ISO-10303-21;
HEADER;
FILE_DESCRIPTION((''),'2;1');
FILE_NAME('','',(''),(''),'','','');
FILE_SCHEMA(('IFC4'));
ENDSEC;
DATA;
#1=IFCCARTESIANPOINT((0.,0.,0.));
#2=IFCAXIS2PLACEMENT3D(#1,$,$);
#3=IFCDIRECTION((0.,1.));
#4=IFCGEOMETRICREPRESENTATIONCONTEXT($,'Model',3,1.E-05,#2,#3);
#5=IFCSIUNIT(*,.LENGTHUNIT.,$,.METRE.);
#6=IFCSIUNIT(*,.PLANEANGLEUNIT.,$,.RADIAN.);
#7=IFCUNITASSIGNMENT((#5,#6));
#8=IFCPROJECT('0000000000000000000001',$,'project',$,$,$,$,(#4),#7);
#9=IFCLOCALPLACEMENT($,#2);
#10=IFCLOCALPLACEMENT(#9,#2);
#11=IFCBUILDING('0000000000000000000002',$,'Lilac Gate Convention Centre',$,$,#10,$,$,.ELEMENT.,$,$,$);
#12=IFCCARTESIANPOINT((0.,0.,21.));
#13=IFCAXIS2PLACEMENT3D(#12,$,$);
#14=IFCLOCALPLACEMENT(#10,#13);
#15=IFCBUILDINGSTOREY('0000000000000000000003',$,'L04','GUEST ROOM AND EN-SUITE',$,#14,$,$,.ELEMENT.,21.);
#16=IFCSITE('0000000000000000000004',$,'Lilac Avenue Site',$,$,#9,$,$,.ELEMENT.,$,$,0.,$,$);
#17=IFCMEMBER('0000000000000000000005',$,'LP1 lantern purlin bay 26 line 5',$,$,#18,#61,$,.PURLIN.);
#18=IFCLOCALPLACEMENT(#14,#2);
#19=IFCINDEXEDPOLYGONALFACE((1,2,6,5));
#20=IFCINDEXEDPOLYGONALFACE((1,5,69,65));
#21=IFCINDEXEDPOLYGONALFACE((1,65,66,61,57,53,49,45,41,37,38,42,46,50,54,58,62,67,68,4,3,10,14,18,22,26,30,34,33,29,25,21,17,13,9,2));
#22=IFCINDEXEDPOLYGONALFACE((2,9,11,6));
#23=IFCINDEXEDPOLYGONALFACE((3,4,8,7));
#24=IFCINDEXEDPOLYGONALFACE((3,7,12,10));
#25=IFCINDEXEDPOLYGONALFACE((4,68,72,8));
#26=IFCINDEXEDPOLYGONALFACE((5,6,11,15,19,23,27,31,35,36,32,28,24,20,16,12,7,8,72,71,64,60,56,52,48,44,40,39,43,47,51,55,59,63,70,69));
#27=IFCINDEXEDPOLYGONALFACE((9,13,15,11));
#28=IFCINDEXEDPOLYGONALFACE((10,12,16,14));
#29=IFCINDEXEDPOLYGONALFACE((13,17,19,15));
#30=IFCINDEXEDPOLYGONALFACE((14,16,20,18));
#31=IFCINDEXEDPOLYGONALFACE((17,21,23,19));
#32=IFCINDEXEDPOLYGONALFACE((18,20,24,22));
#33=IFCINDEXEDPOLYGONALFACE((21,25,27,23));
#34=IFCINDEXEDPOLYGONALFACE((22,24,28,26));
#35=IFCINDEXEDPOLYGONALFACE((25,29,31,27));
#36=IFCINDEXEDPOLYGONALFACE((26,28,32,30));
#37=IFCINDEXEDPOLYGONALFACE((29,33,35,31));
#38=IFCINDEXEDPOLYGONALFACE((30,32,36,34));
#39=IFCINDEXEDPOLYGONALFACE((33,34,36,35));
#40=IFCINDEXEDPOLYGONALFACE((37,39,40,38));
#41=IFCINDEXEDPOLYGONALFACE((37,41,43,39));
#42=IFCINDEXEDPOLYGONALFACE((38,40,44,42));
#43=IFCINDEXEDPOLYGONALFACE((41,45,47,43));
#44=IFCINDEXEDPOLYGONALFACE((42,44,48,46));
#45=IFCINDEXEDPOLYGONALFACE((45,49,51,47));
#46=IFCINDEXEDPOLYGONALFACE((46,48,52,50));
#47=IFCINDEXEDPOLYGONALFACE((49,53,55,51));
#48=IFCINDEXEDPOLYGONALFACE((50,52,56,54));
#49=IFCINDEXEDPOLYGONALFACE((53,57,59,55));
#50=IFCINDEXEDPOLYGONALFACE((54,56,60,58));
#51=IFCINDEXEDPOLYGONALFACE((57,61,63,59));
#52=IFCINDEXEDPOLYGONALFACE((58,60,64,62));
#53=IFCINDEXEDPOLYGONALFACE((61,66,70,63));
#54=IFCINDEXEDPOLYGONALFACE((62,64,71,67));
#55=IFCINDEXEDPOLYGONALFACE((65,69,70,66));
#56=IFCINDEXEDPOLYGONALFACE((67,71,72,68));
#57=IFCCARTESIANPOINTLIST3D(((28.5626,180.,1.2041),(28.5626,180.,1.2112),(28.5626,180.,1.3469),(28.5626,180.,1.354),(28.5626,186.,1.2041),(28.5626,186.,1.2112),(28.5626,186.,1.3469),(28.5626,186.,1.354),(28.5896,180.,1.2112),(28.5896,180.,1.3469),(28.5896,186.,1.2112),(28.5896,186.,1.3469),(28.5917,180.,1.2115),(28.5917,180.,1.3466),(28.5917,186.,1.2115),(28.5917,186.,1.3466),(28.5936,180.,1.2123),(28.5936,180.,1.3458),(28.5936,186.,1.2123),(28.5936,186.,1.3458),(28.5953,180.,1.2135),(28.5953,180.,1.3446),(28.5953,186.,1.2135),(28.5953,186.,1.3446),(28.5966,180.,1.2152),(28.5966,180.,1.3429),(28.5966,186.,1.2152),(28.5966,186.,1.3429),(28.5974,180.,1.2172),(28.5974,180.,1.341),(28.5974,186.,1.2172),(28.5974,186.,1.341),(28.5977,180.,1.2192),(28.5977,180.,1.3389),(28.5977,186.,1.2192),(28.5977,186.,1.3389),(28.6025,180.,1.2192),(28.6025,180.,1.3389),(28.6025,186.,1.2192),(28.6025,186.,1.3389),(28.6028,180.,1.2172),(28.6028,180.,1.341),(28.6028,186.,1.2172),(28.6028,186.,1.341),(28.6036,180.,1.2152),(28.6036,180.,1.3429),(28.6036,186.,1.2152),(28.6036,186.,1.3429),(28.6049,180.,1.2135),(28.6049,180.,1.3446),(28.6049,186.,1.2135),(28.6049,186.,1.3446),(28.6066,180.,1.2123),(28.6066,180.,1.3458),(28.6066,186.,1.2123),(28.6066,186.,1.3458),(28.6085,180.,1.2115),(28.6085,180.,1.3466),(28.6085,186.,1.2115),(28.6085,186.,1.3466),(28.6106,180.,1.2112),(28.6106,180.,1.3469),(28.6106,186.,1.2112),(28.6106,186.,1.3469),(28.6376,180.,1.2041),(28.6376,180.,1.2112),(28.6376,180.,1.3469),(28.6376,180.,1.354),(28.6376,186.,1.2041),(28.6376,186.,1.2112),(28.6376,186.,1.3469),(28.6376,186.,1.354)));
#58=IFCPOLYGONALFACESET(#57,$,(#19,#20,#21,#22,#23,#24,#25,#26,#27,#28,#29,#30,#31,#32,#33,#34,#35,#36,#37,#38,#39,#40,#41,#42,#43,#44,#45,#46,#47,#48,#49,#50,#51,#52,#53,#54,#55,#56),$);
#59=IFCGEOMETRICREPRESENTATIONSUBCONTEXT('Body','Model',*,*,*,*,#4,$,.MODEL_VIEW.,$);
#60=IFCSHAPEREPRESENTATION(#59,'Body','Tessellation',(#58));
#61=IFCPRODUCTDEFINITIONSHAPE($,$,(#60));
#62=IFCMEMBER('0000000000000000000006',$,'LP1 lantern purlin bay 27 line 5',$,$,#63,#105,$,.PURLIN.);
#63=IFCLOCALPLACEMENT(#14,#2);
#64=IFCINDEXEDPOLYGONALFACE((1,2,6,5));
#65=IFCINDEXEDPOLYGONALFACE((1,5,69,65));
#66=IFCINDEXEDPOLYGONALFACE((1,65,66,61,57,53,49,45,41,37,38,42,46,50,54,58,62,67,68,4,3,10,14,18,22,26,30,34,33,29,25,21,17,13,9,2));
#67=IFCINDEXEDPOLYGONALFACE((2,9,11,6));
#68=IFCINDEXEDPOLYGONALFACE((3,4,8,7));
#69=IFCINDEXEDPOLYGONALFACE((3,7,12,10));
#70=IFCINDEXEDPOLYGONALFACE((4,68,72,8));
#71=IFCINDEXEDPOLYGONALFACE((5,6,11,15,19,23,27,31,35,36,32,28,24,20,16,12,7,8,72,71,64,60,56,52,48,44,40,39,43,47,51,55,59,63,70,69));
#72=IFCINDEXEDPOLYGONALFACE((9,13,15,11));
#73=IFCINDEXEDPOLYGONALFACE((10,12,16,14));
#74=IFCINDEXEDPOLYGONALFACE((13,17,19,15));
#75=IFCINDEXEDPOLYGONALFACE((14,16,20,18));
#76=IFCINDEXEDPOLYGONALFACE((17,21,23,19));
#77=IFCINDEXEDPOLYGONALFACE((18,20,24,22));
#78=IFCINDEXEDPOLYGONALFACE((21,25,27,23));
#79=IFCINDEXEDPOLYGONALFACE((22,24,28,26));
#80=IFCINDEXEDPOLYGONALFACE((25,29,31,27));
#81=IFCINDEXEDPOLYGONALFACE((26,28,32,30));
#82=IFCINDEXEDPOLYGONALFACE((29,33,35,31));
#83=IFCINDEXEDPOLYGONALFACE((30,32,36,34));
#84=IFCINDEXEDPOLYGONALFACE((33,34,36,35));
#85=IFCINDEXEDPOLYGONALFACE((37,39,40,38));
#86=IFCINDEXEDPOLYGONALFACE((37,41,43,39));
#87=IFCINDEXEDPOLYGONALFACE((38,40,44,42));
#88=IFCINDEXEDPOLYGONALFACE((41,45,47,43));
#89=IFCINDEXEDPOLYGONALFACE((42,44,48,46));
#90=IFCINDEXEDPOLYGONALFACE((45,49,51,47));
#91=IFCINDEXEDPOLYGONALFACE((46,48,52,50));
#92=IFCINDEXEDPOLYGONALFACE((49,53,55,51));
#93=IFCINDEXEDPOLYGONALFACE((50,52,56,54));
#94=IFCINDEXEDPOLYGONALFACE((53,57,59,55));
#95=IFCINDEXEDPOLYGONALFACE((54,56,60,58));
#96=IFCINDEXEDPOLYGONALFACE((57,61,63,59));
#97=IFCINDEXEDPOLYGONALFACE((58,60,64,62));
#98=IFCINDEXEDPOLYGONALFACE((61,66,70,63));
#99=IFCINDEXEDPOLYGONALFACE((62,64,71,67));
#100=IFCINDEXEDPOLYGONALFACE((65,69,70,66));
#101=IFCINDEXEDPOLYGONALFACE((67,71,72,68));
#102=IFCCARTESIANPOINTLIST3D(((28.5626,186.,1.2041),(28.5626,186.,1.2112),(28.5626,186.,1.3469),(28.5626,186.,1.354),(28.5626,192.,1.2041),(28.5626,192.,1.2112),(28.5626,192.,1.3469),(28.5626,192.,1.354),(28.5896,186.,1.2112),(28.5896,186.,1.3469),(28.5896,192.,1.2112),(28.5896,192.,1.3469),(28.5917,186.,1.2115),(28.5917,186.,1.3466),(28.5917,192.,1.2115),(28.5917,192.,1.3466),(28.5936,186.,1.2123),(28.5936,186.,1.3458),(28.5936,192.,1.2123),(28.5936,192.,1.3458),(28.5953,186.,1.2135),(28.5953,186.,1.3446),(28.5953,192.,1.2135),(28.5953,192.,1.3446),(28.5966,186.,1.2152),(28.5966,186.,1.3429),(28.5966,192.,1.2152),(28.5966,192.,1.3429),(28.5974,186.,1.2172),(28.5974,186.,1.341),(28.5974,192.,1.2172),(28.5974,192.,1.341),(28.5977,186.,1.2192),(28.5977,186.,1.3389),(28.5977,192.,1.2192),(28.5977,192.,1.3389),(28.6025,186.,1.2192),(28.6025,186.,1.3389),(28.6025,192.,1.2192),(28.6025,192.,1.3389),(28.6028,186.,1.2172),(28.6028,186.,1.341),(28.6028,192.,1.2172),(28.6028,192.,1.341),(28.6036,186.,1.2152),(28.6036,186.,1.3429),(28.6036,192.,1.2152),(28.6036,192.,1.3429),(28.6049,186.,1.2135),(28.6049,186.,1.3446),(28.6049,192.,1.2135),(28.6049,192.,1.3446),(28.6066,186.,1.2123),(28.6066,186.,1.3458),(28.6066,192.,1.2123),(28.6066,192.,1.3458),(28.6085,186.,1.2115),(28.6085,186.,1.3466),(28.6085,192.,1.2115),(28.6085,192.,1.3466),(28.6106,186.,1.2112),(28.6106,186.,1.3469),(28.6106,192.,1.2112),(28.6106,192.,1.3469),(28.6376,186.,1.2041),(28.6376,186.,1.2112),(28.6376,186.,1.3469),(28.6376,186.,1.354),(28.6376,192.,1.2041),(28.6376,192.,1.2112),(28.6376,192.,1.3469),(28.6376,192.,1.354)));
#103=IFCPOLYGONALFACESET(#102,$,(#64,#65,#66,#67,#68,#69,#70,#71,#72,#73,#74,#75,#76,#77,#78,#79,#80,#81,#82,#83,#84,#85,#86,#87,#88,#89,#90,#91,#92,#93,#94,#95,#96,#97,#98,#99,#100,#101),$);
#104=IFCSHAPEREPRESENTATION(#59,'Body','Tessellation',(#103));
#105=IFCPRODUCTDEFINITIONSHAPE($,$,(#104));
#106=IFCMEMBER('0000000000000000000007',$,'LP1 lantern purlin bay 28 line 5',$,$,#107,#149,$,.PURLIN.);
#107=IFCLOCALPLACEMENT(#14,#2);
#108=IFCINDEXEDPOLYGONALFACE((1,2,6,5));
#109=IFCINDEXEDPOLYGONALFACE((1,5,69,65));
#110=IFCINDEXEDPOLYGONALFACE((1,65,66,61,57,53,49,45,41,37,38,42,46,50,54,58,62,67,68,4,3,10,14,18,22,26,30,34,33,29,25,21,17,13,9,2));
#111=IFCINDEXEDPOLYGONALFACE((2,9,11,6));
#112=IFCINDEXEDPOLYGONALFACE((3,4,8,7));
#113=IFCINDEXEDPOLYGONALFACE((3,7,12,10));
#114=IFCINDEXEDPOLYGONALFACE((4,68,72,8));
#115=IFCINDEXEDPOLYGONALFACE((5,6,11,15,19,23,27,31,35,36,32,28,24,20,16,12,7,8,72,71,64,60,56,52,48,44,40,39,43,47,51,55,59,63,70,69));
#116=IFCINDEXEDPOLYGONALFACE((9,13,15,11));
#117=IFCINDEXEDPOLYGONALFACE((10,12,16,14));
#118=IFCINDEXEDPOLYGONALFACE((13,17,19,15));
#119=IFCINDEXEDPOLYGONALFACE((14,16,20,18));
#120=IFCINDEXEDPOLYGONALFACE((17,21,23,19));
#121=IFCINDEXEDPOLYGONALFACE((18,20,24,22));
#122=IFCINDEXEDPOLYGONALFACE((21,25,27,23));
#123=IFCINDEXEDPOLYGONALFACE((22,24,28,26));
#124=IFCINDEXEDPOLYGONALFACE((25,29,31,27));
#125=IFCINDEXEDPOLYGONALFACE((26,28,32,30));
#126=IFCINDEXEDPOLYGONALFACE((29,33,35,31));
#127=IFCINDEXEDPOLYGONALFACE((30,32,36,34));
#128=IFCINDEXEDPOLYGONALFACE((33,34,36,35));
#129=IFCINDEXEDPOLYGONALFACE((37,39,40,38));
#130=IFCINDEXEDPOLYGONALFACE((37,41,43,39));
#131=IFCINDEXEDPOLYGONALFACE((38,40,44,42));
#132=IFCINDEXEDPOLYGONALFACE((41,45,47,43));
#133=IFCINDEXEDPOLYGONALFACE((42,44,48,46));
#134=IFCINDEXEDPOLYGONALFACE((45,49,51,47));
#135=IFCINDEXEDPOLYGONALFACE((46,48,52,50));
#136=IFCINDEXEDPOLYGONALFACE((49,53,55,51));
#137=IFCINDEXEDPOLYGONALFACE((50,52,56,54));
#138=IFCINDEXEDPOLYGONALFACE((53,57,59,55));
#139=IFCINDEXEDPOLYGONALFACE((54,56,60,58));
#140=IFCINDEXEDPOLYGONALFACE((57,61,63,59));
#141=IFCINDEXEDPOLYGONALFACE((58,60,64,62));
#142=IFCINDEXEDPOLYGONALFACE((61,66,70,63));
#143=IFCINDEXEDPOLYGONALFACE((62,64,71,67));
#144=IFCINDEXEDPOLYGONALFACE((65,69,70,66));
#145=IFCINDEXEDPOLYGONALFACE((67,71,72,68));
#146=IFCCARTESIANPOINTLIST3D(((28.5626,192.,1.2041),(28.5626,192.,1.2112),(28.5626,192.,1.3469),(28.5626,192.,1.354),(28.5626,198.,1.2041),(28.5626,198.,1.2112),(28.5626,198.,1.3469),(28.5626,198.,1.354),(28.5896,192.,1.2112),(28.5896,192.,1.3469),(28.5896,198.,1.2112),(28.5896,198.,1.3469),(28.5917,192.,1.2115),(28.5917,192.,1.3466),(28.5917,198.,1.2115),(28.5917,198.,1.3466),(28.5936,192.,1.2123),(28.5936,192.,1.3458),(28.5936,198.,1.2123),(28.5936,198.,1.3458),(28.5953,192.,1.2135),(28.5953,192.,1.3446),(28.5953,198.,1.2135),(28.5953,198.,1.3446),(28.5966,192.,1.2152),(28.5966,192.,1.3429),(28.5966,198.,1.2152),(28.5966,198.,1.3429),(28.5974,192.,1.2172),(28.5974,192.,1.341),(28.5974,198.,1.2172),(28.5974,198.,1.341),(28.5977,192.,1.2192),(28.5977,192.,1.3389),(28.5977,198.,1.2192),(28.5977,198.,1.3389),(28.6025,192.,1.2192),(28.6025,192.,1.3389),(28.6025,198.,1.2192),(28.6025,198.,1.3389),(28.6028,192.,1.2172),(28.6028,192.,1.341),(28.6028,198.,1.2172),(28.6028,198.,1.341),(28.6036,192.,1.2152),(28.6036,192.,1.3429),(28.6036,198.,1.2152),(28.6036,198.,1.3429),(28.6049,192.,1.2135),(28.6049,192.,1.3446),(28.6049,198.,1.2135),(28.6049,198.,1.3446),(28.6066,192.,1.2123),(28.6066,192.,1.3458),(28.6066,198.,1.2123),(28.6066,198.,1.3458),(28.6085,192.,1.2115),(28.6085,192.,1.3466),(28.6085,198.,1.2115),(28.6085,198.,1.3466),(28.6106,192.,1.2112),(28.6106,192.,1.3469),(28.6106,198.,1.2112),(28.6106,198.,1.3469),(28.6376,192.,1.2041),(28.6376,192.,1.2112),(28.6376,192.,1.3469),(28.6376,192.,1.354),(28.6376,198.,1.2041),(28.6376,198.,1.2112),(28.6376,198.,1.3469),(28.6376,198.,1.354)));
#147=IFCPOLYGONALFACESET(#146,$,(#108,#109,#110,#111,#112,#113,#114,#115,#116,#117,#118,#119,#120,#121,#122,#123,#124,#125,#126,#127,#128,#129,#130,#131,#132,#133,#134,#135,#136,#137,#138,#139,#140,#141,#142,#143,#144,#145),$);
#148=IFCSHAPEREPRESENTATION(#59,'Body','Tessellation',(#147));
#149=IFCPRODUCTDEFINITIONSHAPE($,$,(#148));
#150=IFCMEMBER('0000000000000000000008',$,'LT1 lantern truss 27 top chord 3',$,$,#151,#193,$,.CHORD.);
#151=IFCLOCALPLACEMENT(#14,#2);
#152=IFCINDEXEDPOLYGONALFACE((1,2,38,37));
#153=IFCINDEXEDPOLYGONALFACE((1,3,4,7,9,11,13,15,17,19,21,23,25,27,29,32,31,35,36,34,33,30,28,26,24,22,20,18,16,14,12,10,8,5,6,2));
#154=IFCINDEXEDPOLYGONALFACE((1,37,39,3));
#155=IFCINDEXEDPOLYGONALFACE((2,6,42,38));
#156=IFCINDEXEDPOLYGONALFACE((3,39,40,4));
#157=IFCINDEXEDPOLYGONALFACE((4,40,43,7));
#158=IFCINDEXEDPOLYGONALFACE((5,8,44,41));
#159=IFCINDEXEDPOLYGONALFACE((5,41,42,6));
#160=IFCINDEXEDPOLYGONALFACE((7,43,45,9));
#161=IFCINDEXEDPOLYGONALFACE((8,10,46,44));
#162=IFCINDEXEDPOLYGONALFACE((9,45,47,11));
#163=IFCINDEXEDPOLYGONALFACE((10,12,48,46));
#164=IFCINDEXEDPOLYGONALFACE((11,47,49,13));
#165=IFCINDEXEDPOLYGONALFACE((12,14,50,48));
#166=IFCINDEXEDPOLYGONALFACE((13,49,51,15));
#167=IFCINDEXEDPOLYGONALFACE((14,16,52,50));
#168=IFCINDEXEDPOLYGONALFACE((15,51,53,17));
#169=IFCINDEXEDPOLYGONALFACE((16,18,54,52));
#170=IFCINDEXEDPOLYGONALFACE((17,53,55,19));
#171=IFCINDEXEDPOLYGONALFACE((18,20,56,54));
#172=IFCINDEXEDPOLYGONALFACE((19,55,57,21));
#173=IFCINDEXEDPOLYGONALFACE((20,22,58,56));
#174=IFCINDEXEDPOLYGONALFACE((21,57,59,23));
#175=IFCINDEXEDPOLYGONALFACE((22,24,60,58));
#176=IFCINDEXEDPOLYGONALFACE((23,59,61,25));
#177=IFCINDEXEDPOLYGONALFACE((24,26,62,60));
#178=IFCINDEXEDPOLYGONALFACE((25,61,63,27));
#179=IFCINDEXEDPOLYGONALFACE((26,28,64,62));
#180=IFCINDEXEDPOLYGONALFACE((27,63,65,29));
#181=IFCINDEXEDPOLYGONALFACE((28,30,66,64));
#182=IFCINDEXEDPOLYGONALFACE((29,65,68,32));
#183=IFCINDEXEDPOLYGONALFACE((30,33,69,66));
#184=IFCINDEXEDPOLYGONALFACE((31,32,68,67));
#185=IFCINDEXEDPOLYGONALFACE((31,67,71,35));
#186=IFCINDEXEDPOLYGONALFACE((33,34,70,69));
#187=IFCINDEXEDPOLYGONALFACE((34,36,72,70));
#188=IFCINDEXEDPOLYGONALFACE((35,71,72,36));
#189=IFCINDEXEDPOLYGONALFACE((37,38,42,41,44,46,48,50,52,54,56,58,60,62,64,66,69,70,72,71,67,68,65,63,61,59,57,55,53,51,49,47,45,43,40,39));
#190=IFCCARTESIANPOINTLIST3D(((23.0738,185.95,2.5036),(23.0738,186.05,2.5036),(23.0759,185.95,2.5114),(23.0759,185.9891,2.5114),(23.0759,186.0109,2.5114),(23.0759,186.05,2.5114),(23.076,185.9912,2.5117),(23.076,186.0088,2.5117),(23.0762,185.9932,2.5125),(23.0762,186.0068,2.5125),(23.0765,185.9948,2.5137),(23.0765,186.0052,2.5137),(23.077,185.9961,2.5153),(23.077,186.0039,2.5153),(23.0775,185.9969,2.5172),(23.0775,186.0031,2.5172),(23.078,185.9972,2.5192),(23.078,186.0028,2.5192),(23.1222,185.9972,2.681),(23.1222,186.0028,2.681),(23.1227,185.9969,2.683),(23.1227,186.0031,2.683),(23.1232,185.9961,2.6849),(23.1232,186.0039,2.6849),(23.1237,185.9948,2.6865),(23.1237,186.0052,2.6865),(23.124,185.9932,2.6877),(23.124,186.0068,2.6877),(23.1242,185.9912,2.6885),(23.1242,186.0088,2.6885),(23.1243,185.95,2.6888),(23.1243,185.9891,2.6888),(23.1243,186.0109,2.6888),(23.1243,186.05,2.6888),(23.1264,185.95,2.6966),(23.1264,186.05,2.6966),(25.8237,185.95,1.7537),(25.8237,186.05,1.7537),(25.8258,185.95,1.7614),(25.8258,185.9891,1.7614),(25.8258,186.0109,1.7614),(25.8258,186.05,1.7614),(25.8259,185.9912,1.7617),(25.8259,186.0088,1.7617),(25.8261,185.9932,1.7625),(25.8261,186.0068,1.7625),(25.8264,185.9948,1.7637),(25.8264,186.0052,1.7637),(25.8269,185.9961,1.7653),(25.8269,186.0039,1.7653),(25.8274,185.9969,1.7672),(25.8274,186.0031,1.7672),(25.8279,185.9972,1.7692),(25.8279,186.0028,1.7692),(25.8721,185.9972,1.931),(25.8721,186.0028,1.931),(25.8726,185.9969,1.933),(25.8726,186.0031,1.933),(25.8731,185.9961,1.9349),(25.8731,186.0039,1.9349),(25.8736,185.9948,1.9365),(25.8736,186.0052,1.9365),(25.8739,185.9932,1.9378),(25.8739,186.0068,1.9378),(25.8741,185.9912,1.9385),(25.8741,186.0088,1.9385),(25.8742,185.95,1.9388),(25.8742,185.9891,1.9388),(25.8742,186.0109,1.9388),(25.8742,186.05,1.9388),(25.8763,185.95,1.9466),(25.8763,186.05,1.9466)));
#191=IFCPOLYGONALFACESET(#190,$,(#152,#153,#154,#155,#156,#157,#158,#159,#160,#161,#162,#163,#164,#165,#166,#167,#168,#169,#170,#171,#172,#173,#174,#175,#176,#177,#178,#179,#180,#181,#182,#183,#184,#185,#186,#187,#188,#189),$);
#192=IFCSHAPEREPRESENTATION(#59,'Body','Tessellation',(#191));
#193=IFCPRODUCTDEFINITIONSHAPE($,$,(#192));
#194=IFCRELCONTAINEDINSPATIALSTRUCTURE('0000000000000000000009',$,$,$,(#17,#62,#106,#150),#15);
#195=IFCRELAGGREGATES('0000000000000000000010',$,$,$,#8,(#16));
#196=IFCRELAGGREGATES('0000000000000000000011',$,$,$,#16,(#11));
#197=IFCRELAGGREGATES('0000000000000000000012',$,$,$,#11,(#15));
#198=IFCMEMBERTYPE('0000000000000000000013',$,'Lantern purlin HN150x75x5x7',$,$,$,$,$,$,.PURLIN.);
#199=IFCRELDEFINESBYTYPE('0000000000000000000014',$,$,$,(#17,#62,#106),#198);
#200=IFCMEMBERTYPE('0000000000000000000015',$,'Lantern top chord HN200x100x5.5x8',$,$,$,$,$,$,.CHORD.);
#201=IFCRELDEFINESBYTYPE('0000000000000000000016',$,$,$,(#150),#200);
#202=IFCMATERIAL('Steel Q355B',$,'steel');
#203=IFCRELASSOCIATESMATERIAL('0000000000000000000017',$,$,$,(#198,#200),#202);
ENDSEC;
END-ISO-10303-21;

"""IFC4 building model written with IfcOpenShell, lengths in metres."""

from ifc_helpers import new_model, si_unit, direction, frame, origin, origin_2d, place, context, subcontext, project, spatial, i_section, extrude, material, material_profile, profile_set, type_object, element, save


model = new_model("IFC4")

# Units and contexts
model_context = context("Model", 3, precision=1e-05, world=origin(), true_north=direction((0.0, 1.0)))
body_context = subcontext(model_context, "Body", "Model", "MODEL_VIEW")
ifc_project = project(units=[si_unit("LENGTHUNIT", "METRE"), si_unit("PLANEANGLEUNIT", "RADIAN")], contexts=[model_context])

# Site, building, storey
site_placement = place(None, origin())
site = spatial("IfcSite", under=ifc_project, at=site_placement, Name="Lilac Avenue Site", CompositionType="ELEMENT", RefElevation=0.0)
building_placement = place(site_placement, origin())
building = spatial("IfcBuilding", under=site, at=building_placement, Name="Lilac Gate Convention Centre", CompositionType="ELEMENT")
storey_placement = place(building_placement, frame((0.0, 0.0, 21.0)))
storey = spatial("IfcBuildingStorey", under=building, at=storey_placement, Name="L04", Description="GUEST ROOM AND EN-SUITE", CompositionType="ELEMENT", Elevation=21.0)

# Members
ifc_material_1 = material(Name="Steel Q355B", Category="steel")
ifc_material_profile_1 = material_profile(ifc_material_1, i_section(OverallWidth=0.075, OverallDepth=0.1499, WebThickness=0.0049, FlangeThickness=0.0071, FilletRadius=0.0081, at=origin_2d()), Name="HN150x75x5x7")
ifc_profile_set_1 = profile_set([ifc_material_profile_1], Name="Steel Q355B")
member_type_1 = type_object("IfcMemberType", Name="Lantern purlin HN150x75x5x7", PredefinedType="PURLIN", material=ifc_profile_set_1)
for number, where, z_axis, x_axis, name in (
    (1, (28.6001, 180.0, 1.2791), (0.0, 1.0, 0.0), (-1.0, 0.0, 0.0), "LP1 lantern purlin bay 26 line 5"),
    (2, (28.6001, 186.0, 1.2791), (0.0, 1.0, 0.0), (-1.0, 0.0, 0.0), "LP1 lantern purlin bay 27 line 5"),
    (3, (28.6001, 192.0, 1.2791), (0.0, 1.0, 0.0), (-1.0, 0.0, 0.0), "LP1 lantern purlin bay 28 line 5"),
):
    element("IfcMember", number, at=place(storey_placement, frame(where, z_axis=z_axis, x_axis=x_axis)), inside=storey, type_object=member_type_1, Name=name, PredefinedType="PURLIN", context=body_context, shape_type="SweptSolid", body=[
        extrude(i_section(OverallWidth=0.075, OverallDepth=0.1499, WebThickness=0.0049, FlangeThickness=0.0071, FilletRadius=0.0081, at=origin_2d()), origin(), (0.0, 0.0, 1.0), 6.0),
    ])
ifc_material_profile_2 = material_profile(ifc_material_1, i_section(OverallWidth=0.1001, OverallDepth=0.2, WebThickness=0.0056, FlangeThickness=0.0081, FilletRadius=0.0081, at=origin_2d()), Name="HN200x100x5.5x8")
ifc_profile_set_2 = profile_set([ifc_material_profile_2], Name="Steel Q355B")
member_type_2 = type_object("IfcMemberType", Name="Lantern top chord HN200x100x5.5x8", PredefinedType="CHORD", material=ifc_profile_set_2)
for number, where, z_axis, x_axis, name in (
    (4, (23.1001, 186.0, 2.6001), (0.964764, 0.0, -0.263117), (0.0, 1.0, 0.0), "LT1 lantern truss 27 top chord 3"),
):
    element("IfcMember", number, at=place(storey_placement, frame(where, z_axis=z_axis, x_axis=x_axis)), inside=storey, type_object=member_type_2, Name=name, PredefinedType="CHORD", context=body_context, shape_type="SweptSolid", body=[
        extrude(i_section(OverallWidth=0.1001, OverallDepth=0.2, WebThickness=0.0056, FlangeThickness=0.0081, FilletRadius=0.0081, at=origin_2d()), origin(), (0.0, 0.0, 1.0), 2.8503),
    ])

save(model, "model.ifc")
